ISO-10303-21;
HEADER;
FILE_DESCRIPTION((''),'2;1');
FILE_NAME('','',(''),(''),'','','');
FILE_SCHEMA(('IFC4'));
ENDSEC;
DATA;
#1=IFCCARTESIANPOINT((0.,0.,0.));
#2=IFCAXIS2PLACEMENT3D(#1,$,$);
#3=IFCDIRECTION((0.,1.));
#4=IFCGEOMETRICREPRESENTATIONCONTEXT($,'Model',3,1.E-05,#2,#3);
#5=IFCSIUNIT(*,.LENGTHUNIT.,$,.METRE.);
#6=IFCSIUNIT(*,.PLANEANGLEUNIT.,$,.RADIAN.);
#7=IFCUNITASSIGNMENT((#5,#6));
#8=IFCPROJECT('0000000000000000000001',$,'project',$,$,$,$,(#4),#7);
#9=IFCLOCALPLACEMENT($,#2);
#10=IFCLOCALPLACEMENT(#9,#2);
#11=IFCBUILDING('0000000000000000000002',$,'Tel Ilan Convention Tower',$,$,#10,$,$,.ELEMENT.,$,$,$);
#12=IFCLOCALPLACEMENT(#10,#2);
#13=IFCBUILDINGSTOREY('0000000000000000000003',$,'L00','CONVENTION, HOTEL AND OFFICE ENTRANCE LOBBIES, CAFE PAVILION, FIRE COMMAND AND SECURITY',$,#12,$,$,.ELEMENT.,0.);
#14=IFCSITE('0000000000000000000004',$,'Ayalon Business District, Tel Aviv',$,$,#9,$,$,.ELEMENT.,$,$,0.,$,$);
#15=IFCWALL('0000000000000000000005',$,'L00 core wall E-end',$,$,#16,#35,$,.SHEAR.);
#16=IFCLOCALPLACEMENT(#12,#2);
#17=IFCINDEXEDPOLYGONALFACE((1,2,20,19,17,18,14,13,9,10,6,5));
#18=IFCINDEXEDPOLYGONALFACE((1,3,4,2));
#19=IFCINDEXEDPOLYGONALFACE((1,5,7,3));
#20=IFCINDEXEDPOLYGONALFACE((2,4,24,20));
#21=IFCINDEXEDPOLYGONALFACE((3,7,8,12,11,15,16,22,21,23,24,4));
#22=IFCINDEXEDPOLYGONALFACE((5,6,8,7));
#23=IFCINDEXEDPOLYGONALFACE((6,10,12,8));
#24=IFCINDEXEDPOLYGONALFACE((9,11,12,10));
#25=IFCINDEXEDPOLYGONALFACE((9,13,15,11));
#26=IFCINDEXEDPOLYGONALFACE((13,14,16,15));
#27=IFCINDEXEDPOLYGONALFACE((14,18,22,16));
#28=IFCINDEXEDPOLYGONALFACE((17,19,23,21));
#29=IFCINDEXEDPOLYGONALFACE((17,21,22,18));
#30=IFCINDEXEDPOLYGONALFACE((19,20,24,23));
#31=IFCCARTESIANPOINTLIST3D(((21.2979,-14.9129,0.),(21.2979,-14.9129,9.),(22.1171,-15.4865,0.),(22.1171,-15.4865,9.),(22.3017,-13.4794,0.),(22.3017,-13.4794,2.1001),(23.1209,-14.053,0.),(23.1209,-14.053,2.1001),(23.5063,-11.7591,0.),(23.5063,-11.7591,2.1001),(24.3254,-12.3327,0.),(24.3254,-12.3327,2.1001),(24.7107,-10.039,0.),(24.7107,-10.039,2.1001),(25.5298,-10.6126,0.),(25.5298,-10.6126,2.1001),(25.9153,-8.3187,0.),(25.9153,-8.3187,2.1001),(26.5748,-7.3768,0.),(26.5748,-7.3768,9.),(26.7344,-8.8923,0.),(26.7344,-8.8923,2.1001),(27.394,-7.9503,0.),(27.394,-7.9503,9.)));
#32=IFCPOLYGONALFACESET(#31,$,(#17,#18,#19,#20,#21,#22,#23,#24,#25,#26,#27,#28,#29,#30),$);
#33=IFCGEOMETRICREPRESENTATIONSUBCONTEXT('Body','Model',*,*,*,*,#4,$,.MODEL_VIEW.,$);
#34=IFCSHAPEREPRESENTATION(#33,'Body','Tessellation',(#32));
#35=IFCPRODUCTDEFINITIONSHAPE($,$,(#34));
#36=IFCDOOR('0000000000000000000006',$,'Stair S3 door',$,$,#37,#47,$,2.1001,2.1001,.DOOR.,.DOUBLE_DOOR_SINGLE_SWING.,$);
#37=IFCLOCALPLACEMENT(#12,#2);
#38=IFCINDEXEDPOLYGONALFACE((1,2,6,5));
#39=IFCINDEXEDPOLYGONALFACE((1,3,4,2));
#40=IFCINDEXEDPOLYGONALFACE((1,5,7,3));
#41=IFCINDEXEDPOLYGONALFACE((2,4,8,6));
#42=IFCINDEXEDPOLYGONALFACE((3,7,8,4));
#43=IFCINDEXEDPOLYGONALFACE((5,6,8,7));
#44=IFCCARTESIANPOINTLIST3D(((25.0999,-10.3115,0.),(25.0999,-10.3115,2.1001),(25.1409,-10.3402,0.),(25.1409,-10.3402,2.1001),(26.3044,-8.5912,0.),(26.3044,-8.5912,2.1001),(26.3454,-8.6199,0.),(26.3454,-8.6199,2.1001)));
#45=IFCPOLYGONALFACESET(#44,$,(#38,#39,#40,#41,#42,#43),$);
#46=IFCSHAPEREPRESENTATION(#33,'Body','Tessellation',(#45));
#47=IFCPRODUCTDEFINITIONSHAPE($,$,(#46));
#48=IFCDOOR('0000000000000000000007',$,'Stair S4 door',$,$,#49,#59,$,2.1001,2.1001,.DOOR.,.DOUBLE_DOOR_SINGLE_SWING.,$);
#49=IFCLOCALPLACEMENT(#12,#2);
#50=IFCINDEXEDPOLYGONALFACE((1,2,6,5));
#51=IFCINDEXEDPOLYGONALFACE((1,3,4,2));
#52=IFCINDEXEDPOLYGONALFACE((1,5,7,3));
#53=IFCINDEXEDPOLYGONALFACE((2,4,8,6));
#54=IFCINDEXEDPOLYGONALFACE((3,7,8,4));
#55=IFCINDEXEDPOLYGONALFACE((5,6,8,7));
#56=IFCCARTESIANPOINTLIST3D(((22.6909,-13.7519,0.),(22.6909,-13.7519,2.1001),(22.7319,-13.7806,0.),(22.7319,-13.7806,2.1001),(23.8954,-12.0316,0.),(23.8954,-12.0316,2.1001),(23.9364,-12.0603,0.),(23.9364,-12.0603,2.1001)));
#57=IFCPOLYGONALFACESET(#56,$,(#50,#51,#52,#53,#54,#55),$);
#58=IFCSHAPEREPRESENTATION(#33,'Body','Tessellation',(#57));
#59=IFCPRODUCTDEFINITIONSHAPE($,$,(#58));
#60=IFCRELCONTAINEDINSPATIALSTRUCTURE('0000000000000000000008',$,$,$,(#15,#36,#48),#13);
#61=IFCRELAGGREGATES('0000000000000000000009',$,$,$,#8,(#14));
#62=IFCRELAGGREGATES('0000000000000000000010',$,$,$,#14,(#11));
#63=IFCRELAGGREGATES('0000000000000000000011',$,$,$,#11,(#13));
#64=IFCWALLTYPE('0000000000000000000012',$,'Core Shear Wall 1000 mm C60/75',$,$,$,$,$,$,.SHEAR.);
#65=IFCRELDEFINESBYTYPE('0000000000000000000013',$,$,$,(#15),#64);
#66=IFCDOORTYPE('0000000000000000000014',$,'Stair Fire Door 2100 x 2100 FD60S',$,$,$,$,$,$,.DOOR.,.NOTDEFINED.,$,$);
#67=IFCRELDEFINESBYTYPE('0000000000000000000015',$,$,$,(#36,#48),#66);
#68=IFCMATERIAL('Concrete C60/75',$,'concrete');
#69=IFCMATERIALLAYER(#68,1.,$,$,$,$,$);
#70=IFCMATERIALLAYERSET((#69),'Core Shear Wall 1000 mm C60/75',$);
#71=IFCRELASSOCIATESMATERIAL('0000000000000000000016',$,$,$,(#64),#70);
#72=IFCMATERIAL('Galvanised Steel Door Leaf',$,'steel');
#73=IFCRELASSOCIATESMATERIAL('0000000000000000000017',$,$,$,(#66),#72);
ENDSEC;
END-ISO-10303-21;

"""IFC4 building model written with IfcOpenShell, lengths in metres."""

from ifc_helpers import new_model, si_unit, direction, frame, frame_2d, origin, place, context, subcontext, project, spatial, polyline, rectangle, outline, extrude, material, layer, layer_set, type_object, element, fill, save


model = new_model("IFC4")

# Units and contexts
model_context = context("Model", 3, precision=1e-05, world=origin(), true_north=direction((0.0, 1.0)))
body_context = subcontext(model_context, "Body", "Model", "MODEL_VIEW")
ifc_project = project(units=[si_unit("LENGTHUNIT", "METRE"), si_unit("PLANEANGLEUNIT", "RADIAN")], contexts=[model_context])

# Site, building, storey
site_placement = place(None, origin())
site = spatial("IfcSite", under=ifc_project, at=site_placement, Name="Ayalon Business District, Tel Aviv", CompositionType="ELEMENT", RefElevation=0.0)
building_placement = place(site_placement, origin())
building = spatial("IfcBuilding", under=site, at=building_placement, Name="Tel Ilan Convention Tower", CompositionType="ELEMENT")
storey_placement = place(building_placement, origin())
storey = spatial("IfcBuildingStorey", under=building, at=storey_placement, Name="L00", Description="CONVENTION, HOTEL AND OFFICE ENTRANCE LOBBIES, CAFE PAVILION, FIRE COMMAND AND SECURITY", CompositionType="ELEMENT", Elevation=0.0)

# Wall, openings, doors
ifc_material_1 = material(Name="Concrete C60/75", Category="concrete")
ifc_layer = layer(ifc_material_1, 1.0)
ifc_layer_set = layer_set([ifc_layer], Name="Core Shear Wall 1000 mm C60/75")
wall_type = type_object("IfcWallType", Name="Core Shear Wall 1000 mm C60/75", PredefinedType="SHEAR", material=ifc_layer_set)
wall_placement = place(storey_placement, frame((21.7075, -15.1997, 0.0), z_axis=(0.0, 0.0, 1.0), x_axis=(0.573576, 0.819152, 0.0)))
wall = element("IfcWall", 1, at=wall_placement, inside=storey, type_object=wall_type, Name="L00 core wall E-end", PredefinedType="SHEAR", context=body_context, shape_type="SweptSolid", body=[
    extrude(outline(polyline([(9.2, 0.5), (0.0, 0.5), (0.0, -0.5), (9.2, -0.5), (9.2, 0.5)])), origin(), (0.0, 0.0, 1.0), 9.0),
])
opening_1_placement = place(wall_placement, frame((5.95, 0.0, 0.0)))
opening_1 = element("IfcOpeningElement", 2, at=opening_1_placement, cuts=wall, PredefinedType="OPENING", context=body_context, shape_type="SweptSolid", body=[
    extrude(rectangle(XDim=2.1001, YDim=2.1001, at=frame_2d((1.05, 1.05))), frame((0.0, 0.51, 0.0), z_axis=(0.0, -1.0, 0.0), x_axis=(1.0, 0.0, 0.0)), (0.0, 0.0, 1.0), 1.02),
])
opening_2_placement = place(wall_placement, frame((1.75, 0.0, 0.0)))
opening_2 = element("IfcOpeningElement", 3, at=opening_2_placement, cuts=wall, PredefinedType="OPENING", context=body_context, shape_type="SweptSolid", body=[
    extrude(rectangle(XDim=2.1001, YDim=2.1001, at=frame_2d((1.05, 1.05))), frame((0.0, 0.51, 0.0), z_axis=(0.0, -1.0, 0.0), x_axis=(1.0, 0.0, 0.0)), (0.0, 0.0, 1.0), 1.02),
])
ifc_material_2 = material(Name="Galvanised Steel Door Leaf", Category="steel")
door_type = type_object("IfcDoorType", Name="Stair Fire Door 2100 x 2100 FD60S", OperationType="NOTDEFINED", PredefinedType="DOOR", material=ifc_material_2)
door_1_placement = place(opening_1_placement, origin())
door_1 = element("IfcDoor", 4, at=door_1_placement, inside=storey, type_object=door_type, Name="Stair S3 door", OperationType="DOUBLE_DOOR_SINGLE_SWING", OverallHeight=2.1001, OverallWidth=2.1001, PredefinedType="DOOR", context=body_context, shape_type="SweptSolid", body=[
    extrude(rectangle(XDim=2.1001, YDim=2.1001, at=frame_2d((1.05, 1.05))), frame((0.0, 0.0249, 0.0), z_axis=(0.0, -1.0, 0.0), x_axis=(1.0, 0.0, 0.0)), (0.0, 0.0, 1.0), 0.05),
])
fill(opening_1, door_1)
door_2_placement = place(opening_2_placement, origin())
door_2 = element("IfcDoor", 5, at=door_2_placement, inside=storey, type_object=door_type, Name="Stair S4 door", OperationType="DOUBLE_DOOR_SINGLE_SWING", OverallHeight=2.1001, OverallWidth=2.1001, PredefinedType="DOOR", context=body_context, shape_type="SweptSolid", body=[
    extrude(rectangle(XDim=2.1001, YDim=2.1001, at=frame_2d((1.05, 1.05))), frame((0.0, 0.0249, 0.0), z_axis=(0.0, -1.0, 0.0), x_axis=(1.0, 0.0, 0.0)), (0.0, 0.0, 1.0), 0.05),
])
fill(opening_2, door_2)

save(model, "model.ifc")
